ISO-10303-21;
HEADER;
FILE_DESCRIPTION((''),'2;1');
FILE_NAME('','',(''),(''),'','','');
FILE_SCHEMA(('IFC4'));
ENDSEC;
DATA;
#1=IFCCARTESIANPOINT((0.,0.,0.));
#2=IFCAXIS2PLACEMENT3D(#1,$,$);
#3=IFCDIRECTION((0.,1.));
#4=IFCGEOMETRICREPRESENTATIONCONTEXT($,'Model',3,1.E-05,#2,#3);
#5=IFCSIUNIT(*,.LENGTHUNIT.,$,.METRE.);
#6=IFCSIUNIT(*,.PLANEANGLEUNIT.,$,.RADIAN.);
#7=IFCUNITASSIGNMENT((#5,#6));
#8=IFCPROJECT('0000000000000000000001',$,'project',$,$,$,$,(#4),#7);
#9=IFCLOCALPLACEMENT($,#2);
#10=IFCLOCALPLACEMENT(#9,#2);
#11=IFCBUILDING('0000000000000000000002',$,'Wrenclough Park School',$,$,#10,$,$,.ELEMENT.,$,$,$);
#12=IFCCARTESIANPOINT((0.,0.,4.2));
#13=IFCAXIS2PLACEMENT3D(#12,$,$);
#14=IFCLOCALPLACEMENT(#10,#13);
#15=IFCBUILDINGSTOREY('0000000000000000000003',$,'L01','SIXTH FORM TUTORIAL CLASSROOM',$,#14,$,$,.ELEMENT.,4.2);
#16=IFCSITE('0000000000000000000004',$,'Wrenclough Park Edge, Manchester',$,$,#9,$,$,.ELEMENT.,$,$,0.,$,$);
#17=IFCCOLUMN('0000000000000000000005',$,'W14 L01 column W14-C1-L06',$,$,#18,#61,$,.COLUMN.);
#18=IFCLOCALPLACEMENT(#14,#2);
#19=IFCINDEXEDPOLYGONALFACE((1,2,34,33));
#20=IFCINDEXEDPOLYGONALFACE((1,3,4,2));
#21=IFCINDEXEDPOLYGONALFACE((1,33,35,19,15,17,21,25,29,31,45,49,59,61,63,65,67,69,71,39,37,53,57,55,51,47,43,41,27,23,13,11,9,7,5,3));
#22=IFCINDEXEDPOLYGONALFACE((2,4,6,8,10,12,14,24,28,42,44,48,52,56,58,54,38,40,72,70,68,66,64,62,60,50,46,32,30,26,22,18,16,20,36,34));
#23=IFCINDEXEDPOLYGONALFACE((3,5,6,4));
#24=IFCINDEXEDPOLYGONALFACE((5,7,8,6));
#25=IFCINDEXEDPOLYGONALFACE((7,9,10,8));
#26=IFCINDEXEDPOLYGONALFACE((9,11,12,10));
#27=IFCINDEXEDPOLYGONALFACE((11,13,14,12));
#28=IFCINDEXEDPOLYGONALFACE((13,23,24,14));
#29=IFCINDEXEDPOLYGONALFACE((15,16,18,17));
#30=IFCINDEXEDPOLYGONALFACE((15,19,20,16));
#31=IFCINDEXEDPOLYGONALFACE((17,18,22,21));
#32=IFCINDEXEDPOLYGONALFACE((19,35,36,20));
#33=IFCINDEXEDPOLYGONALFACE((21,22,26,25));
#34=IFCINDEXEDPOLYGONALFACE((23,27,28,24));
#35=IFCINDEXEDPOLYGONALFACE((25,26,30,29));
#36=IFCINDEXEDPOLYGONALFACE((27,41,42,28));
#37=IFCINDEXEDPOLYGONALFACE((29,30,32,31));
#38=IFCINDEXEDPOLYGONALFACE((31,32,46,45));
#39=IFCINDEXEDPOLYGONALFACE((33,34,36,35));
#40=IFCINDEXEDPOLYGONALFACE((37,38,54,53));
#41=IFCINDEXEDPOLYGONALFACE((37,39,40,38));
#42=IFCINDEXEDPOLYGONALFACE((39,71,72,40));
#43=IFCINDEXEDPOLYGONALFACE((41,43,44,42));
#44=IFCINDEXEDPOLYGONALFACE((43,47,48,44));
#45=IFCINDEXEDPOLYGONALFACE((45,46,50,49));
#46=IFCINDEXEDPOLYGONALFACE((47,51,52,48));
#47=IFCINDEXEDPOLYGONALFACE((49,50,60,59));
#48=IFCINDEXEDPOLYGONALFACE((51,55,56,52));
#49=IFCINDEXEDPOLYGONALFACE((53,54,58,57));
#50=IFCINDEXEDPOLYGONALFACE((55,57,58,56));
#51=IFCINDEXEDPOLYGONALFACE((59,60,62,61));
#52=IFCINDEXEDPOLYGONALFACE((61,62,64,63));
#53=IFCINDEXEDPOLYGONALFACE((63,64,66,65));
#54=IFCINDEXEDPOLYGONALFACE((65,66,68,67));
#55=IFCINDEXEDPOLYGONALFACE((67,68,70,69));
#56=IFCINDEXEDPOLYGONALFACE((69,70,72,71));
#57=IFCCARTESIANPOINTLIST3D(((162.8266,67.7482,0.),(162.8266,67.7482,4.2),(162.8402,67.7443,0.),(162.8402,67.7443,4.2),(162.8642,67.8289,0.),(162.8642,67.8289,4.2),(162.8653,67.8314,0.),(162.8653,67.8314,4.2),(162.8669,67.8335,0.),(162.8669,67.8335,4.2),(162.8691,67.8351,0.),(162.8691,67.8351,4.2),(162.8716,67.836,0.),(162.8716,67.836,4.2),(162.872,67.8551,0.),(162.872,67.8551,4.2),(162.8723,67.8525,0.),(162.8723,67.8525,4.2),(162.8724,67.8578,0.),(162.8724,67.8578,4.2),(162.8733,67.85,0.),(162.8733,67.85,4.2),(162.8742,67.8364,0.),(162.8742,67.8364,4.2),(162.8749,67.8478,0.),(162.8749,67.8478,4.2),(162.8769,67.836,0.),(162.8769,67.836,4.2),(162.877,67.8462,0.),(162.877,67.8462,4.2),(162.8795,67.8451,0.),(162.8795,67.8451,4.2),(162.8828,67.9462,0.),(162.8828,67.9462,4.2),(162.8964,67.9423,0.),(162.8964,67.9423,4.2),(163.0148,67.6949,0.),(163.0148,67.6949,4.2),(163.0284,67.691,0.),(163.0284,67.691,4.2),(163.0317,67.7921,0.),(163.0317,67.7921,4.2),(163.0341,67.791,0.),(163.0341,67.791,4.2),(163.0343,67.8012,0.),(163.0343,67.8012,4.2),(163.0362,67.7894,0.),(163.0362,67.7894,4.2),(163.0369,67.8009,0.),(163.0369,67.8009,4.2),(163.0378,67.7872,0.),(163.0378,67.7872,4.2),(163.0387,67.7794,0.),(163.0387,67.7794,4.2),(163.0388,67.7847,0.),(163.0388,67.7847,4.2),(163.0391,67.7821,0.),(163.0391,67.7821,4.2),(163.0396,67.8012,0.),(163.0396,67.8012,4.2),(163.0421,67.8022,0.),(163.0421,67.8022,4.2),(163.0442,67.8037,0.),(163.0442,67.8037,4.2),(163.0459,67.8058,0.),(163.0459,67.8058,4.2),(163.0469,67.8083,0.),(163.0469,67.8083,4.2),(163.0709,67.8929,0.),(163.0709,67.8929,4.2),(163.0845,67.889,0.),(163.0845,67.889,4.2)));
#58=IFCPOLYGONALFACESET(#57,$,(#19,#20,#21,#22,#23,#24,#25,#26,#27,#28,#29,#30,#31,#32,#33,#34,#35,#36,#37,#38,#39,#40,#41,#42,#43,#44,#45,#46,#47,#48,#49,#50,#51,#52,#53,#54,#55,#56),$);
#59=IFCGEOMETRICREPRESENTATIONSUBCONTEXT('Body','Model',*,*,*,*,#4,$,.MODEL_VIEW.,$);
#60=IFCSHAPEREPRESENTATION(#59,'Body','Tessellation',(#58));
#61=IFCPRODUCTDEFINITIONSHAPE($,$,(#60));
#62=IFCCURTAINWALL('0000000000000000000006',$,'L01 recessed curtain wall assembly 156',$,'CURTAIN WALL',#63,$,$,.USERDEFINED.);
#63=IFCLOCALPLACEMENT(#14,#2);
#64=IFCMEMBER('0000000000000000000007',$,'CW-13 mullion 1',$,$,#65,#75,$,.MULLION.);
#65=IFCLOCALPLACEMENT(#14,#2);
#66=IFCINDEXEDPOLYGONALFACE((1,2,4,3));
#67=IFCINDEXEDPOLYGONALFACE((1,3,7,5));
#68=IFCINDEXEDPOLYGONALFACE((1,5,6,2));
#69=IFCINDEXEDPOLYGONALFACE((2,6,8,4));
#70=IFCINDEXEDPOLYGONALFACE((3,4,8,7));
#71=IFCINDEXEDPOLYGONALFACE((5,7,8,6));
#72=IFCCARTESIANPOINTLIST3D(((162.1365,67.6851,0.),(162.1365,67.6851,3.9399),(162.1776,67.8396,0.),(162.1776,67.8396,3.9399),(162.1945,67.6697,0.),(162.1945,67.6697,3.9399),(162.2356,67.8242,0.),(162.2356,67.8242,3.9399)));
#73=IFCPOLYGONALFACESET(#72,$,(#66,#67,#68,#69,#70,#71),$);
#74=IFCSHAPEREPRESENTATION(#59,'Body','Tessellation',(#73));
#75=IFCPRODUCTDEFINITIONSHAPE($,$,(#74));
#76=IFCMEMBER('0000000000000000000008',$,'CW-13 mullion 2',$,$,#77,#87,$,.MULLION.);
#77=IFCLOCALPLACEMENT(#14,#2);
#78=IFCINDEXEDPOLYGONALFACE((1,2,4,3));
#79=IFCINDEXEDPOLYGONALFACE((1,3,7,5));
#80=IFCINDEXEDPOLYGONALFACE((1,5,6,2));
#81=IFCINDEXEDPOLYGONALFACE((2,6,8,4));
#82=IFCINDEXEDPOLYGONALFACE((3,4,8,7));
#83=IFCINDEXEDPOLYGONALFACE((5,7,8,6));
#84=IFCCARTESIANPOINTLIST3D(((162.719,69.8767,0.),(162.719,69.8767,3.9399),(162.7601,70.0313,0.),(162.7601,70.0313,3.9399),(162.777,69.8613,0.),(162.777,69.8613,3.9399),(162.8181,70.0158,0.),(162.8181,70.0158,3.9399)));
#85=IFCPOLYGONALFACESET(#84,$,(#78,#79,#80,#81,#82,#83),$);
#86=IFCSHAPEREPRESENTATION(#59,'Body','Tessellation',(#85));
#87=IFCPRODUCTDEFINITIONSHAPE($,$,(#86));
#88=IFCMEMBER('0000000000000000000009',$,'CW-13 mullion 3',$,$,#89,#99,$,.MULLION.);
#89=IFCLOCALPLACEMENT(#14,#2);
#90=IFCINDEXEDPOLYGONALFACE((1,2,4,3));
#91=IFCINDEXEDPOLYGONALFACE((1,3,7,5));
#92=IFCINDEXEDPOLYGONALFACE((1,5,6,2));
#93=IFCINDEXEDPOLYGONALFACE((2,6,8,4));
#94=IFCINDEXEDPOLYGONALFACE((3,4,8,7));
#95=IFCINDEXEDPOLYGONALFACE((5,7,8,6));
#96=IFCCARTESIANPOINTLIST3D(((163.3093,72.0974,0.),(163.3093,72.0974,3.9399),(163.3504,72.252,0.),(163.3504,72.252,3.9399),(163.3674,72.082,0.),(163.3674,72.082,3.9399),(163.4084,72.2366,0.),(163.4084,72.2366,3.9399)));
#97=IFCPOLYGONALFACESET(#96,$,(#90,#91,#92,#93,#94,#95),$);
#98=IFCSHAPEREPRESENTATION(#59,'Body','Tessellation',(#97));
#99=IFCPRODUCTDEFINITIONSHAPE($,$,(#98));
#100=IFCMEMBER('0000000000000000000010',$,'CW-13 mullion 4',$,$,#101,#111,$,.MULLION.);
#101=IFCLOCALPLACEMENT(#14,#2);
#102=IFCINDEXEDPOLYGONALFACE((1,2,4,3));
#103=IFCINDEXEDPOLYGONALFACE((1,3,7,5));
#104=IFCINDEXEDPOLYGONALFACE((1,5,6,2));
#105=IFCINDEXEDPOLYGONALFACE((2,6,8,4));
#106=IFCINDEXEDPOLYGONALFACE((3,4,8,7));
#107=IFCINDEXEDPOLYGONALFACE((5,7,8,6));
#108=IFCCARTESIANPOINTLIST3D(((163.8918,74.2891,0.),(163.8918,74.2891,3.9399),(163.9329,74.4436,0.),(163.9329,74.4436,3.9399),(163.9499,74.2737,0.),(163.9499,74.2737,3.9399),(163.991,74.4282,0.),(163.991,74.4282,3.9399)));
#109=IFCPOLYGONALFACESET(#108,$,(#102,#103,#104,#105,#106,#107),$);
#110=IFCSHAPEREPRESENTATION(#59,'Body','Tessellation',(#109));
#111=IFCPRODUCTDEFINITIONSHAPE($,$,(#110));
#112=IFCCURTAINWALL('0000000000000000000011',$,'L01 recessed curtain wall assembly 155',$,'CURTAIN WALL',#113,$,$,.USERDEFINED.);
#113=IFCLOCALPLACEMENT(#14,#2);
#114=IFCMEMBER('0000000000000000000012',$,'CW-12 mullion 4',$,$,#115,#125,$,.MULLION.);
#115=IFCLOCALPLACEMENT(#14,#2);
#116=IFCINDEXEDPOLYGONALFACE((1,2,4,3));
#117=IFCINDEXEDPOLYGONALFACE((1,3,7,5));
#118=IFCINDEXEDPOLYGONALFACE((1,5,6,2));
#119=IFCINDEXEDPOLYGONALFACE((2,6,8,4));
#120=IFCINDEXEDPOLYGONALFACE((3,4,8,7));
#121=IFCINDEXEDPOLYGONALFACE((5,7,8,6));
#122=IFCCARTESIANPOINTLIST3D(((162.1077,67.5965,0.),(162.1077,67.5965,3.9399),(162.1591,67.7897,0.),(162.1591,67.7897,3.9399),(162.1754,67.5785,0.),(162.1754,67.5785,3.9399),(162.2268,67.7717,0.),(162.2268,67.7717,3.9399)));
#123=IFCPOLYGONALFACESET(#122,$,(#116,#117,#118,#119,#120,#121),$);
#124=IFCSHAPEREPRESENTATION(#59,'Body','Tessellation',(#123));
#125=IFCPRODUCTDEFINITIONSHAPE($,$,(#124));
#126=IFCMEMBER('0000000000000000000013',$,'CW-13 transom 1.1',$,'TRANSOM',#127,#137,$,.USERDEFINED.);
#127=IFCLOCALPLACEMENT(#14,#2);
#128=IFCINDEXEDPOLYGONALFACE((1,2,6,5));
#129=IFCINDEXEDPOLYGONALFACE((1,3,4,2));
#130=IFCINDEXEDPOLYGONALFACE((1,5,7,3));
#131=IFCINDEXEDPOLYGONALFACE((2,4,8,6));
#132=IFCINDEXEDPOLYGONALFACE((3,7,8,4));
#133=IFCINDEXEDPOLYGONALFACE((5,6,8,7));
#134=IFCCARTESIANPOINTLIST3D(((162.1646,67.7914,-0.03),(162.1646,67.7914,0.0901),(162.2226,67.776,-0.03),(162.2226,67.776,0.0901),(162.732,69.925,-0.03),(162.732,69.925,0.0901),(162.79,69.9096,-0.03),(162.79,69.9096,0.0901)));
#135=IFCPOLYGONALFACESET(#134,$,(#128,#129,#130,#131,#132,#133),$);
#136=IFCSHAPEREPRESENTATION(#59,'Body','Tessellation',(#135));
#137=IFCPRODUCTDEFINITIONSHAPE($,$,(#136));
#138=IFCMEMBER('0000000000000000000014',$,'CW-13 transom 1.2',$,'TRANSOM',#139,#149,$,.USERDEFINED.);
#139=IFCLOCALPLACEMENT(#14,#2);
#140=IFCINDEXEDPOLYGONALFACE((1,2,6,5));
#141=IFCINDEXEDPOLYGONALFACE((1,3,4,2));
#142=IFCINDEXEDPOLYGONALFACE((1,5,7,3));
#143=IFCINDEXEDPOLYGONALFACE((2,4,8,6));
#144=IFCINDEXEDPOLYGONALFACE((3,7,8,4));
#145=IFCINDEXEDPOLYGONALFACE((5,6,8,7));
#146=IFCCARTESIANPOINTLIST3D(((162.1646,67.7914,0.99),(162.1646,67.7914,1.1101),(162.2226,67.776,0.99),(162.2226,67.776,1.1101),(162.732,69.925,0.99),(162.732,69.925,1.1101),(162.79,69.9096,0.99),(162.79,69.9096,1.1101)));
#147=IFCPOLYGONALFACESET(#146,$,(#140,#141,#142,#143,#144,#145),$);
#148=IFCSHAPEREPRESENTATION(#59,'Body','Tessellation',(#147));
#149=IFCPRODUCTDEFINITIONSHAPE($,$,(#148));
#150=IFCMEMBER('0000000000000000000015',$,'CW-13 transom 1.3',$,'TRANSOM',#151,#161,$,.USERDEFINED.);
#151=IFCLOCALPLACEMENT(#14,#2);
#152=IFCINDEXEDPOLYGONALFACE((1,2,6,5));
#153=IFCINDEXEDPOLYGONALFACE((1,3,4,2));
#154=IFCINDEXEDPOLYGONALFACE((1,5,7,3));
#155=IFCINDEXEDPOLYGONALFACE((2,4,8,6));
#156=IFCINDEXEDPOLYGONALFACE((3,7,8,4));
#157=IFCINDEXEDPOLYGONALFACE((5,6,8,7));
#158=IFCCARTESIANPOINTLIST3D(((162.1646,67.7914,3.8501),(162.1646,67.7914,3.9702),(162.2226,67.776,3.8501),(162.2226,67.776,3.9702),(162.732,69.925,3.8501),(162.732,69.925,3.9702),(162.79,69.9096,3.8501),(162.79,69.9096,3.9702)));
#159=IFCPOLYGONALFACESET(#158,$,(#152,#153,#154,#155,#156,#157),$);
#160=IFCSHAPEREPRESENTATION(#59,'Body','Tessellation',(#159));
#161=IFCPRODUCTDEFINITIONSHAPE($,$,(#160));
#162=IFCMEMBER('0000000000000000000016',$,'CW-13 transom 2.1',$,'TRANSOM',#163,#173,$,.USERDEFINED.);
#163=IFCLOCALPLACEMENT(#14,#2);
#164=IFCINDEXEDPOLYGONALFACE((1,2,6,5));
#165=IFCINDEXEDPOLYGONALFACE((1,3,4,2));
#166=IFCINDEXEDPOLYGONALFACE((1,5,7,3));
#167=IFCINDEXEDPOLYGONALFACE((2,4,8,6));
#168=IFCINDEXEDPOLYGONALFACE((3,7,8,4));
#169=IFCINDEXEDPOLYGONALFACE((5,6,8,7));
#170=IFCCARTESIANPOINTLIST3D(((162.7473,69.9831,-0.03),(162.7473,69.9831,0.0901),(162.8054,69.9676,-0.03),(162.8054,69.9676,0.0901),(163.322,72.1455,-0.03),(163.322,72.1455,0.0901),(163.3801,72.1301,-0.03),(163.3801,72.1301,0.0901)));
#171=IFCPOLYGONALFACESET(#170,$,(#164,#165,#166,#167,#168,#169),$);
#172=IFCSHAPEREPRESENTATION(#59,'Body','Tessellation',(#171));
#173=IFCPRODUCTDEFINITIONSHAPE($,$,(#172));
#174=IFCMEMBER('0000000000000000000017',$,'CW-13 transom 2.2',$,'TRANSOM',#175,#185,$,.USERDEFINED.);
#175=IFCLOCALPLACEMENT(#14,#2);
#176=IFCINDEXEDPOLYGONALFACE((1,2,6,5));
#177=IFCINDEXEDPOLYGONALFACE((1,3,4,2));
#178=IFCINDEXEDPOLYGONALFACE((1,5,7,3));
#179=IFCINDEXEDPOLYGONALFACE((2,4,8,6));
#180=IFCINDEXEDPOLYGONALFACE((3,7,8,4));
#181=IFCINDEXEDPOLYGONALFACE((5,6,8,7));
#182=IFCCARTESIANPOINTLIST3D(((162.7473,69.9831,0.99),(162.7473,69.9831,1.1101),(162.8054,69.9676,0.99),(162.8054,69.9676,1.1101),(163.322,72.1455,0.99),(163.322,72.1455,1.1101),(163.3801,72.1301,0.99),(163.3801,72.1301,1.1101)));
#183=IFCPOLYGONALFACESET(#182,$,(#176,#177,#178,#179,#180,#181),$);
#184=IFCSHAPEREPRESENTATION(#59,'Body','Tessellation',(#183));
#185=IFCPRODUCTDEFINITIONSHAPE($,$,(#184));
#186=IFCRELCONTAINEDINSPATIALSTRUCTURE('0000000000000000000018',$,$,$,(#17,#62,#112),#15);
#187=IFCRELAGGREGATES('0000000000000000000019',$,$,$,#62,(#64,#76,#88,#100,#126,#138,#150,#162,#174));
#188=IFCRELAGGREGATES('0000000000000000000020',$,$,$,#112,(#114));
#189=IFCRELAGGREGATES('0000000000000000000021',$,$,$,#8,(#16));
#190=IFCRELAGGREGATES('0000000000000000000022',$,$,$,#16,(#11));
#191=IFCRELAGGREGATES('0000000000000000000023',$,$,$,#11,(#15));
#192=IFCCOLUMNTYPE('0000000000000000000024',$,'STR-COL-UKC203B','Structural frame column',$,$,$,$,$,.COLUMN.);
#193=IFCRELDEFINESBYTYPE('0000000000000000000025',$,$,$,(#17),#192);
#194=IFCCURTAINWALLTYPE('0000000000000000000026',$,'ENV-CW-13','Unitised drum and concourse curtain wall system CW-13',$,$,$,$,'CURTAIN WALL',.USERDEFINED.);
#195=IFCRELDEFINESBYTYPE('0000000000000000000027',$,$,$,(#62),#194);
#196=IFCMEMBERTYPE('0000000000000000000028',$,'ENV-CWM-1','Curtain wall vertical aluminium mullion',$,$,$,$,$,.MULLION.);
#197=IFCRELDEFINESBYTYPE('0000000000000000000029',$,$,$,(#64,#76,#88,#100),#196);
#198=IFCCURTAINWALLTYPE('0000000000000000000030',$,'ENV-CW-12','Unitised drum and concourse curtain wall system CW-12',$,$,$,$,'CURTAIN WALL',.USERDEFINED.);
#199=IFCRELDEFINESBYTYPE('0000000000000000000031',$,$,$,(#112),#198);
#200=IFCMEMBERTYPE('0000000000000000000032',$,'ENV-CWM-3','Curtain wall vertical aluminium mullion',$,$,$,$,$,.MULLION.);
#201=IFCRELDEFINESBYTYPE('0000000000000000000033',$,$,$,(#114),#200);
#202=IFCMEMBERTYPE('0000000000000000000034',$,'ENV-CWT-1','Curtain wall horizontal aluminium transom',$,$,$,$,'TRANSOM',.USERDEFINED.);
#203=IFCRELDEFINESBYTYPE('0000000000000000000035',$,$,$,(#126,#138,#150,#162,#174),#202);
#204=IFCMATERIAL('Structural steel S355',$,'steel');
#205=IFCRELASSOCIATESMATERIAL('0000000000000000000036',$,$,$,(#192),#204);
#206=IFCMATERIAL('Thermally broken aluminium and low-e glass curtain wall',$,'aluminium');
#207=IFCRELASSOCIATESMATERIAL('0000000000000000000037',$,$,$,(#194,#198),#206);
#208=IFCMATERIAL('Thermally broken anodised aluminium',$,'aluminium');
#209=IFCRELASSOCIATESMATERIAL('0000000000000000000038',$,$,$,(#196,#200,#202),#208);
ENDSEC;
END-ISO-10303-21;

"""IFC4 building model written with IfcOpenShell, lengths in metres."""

from ifc_helpers import new_model, si_unit, direction, frame, origin, origin_2d, place, context, subcontext, project, spatial, rectangle, i_section, extrude, material, material_profile, profile_set, type_object, element, aggregate, save


model = new_model("IFC4")

# Units and contexts
model_context = context("Model", 3, precision=1e-05, world=origin(), true_north=direction((0.0, 1.0)))
body_context = subcontext(model_context, "Body", "Model", "MODEL_VIEW")
ifc_project = project(units=[si_unit("LENGTHUNIT", "METRE"), si_unit("PLANEANGLEUNIT", "RADIAN")], contexts=[model_context])

# Site, building, storey
site_placement = place(None, origin())
site = spatial("IfcSite", under=ifc_project, at=site_placement, Name="Wrenclough Park Edge, Manchester", CompositionType="ELEMENT", RefElevation=0.0)
building_placement = place(site_placement, origin())
building = spatial("IfcBuilding", under=site, at=building_placement, Name="Wrenclough Park School", CompositionType="ELEMENT")
storey_placement = place(building_placement, frame((0.0, 0.0, 4.2)))
storey = spatial("IfcBuildingStorey", under=building, at=storey_placement, Name="L01", Description="SIXTH FORM TUTORIAL CLASSROOM", CompositionType="ELEMENT", Elevation=4.2)

# Column
ifc_material_1 = material(Name="Structural steel S355", Category="steel")
ifc_material_profile_1 = material_profile(ifc_material_1, i_section(OverallWidth=0.2058, OverallDepth=0.2097, WebThickness=0.0095, FlangeThickness=0.0142, FilletRadius=0.0103, at=origin_2d()), Name="UKC 203x203x60")
ifc_profile_set_1 = profile_set([ifc_material_profile_1], Name="Structural steel S355")
column_type = type_object("IfcColumnType", Name="STR-COL-UKC203B", Description="Structural frame column", PredefinedType="COLUMN", material=ifc_profile_set_1)
column_placement = place(storey_placement, frame((162.9556, 67.8186, 0.0), z_axis=(0.0, 0.0, 1.0), x_axis=(0.272784, 0.962075, 0.0)))
element("IfcColumn", 1, at=column_placement, inside=storey, type_object=column_type, Name="W14 L01 column W14-C1-L06", PredefinedType="COLUMN", context=body_context, shape_type="SweptSolid", body=[
    extrude(i_section(OverallWidth=0.2058, OverallDepth=0.2097, WebThickness=0.0095, FlangeThickness=0.0142, FilletRadius=0.0103, at=origin_2d()), origin(), (0.0, 0.0, 1.0), 4.2),
])

# Curtain wall, members
ifc_material_2 = material(Name="Thermally broken aluminium and low-e glass curtain wall", Category="aluminium")
curtain_wall_type_1 = type_object("IfcCurtainWallType", Name="ENV-CW-13", Description="Unitised drum and concourse curtain wall system CW-13", ElementType="CURTAIN WALL", PredefinedType="USERDEFINED", material=ifc_material_2)
curtain_wall_1_placement = place(storey_placement, origin())
curtain_wall_1 = element("IfcCurtainWall", 2, at=curtain_wall_1_placement, inside=storey, type_object=curtain_wall_type_1, Name="L01 recessed curtain wall assembly 156", ObjectType="CURTAIN WALL", PredefinedType="USERDEFINED")
ifc_material_3 = material(Name="Thermally broken anodised aluminium", Category="aluminium")
ifc_material_profile_2 = material_profile(ifc_material_3, rectangle(XDim=0.0601, YDim=0.1599, at=origin_2d()), Name="AL MULLION 60x160")
ifc_profile_set_2 = profile_set([ifc_material_profile_2], Name="Thermally broken anodised aluminium")
member_type_1 = type_object("IfcMemberType", Name="ENV-CWM-1", Description="Curtain wall vertical aluminium mullion", PredefinedType="MULLION", material=ifc_profile_set_2)
member_1_placement = place(storey_placement, frame((162.186, 67.7546, 0.0), z_axis=(0.0, 0.0, 1.0), x_axis=(-0.966438, 0.2569, 0.0)))
member_1 = element("IfcMember", 3, at=member_1_placement, type_object=member_type_1, Name="CW-13 mullion 1", PredefinedType="MULLION", context=body_context, shape_type="SweptSolid", body=[
    extrude(rectangle(XDim=0.0601, YDim=0.1599, at=origin_2d()), origin(), (0.0, 0.0, 1.0), 3.9399),
])
member_2_placement = place(storey_placement, frame((162.7686, 69.9463, 0.0), z_axis=(0.0, 0.0, 1.0), x_axis=(-0.966438, 0.2569, 0.0)))
member_2 = element("IfcMember", 4, at=member_2_placement, type_object=member_type_1, Name="CW-13 mullion 2", PredefinedType="MULLION", context=body_context, shape_type="SweptSolid", body=[
    extrude(rectangle(XDim=0.0601, YDim=0.1599, at=origin_2d()), origin(), (0.0, 0.0, 1.0), 3.9399),
])
member_3_placement = place(storey_placement, frame((163.3589, 72.167, 0.0), z_axis=(0.0, 0.0, 1.0), x_axis=(-0.966438, 0.2569, 0.0)))
member_3 = element("IfcMember", 5, at=member_3_placement, type_object=member_type_1, Name="CW-13 mullion 3", PredefinedType="MULLION", context=body_context, shape_type="SweptSolid", body=[
    extrude(rectangle(XDim=0.0601, YDim=0.1599, at=origin_2d()), origin(), (0.0, 0.0, 1.0), 3.9399),
])
member_4_placement = place(storey_placement, frame((163.9414, 74.3586, 0.0), z_axis=(0.0, 0.0, 1.0), x_axis=(-0.966438, 0.2569, 0.0)))
member_4 = element("IfcMember", 6, at=member_4_placement, type_object=member_type_1, Name="CW-13 mullion 4", PredefinedType="MULLION", context=body_context, shape_type="SweptSolid", body=[
    extrude(rectangle(XDim=0.0601, YDim=0.1599, at=origin_2d()), origin(), (0.0, 0.0, 1.0), 3.9399),
])

# Curtain wall, member
curtain_wall_type_2 = type_object("IfcCurtainWallType", Name="ENV-CW-12", Description="Unitised drum and concourse curtain wall system CW-12", ElementType="CURTAIN WALL", PredefinedType="USERDEFINED", material=ifc_material_2)
curtain_wall_2_placement = place(storey_placement, origin())
curtain_wall_2 = element("IfcCurtainWall", 7, at=curtain_wall_2_placement, inside=storey, type_object=curtain_wall_type_2, Name="L01 recessed curtain wall assembly 155", ObjectType="CURTAIN WALL", PredefinedType="USERDEFINED")
ifc_material_profile_3 = material_profile(ifc_material_3, rectangle(XDim=0.0701, YDim=0.2, at=origin_2d()), Name="AL MULLION 70x200")
ifc_profile_set_3 = profile_set([ifc_material_profile_3], Name="Thermally broken anodised aluminium")
member_type_2 = type_object("IfcMemberType", Name="ENV-CWM-3", Description="Curtain wall vertical aluminium mullion", PredefinedType="MULLION", material=ifc_profile_set_3)
member_5_placement = place(storey_placement, frame((162.1672, 67.6841, 0.0), z_axis=(0.0, 0.0, 1.0), x_axis=(-0.966443, 0.256882, 0.0)))
member_5 = element("IfcMember", 8, at=member_5_placement, type_object=member_type_2, Name="CW-12 mullion 4", PredefinedType="MULLION", context=body_context, shape_type="SweptSolid", body=[
    extrude(rectangle(XDim=0.0701, YDim=0.2, at=origin_2d()), origin(), (0.0, 0.0, 1.0), 3.9399),
])

# Members
ifc_material_profile_4 = material_profile(ifc_material_3, rectangle(XDim=0.0601, YDim=0.1201, at=origin_2d()), Name="AL TRANSOM 60x120")
ifc_profile_set_4 = profile_set([ifc_material_profile_4], Name="Thermally broken anodised aluminium")
member_type_3 = type_object("IfcMemberType", Name="ENV-CWT-1", Description="Curtain wall horizontal aluminium transom", ElementType="TRANSOM", PredefinedType="USERDEFINED", material=ifc_profile_set_4)
member_6_placement = place(storey_placement, frame((162.1936, 67.7837, 0.03), z_axis=(0.257002, 0.966411, 0.0), x_axis=(-0.966411, 0.257002, 0.0)))
member_6 = element("IfcMember", 9, at=member_6_placement, type_object=member_type_3, Name="CW-13 transom 1.1", ObjectType="TRANSOM", PredefinedType="USERDEFINED", context=body_context, shape_type="SweptSolid", body=[
    extrude(rectangle(XDim=0.0601, YDim=0.1201, at=origin_2d()), origin(), (0.0, 0.0, 1.0), 2.2078),
])
member_7_placement = place(storey_placement, frame((162.1936, 67.7837, 1.05), z_axis=(0.257002, 0.966411, 0.0), x_axis=(-0.966411, 0.257002, 0.0)))
member_7 = element("IfcMember", 10, at=member_7_placement, type_object=member_type_3, Name="CW-13 transom 1.2", ObjectType="TRANSOM", PredefinedType="USERDEFINED", context=body_context, shape_type="SweptSolid", body=[
    extrude(rectangle(XDim=0.0601, YDim=0.1201, at=origin_2d()), origin(), (0.0, 0.0, 1.0), 2.2078),
])
member_8_placement = place(storey_placement, frame((162.1936, 67.7837, 3.9102), z_axis=(0.257002, 0.966411, 0.0), x_axis=(-0.966411, 0.257002, 0.0)))
member_8 = element("IfcMember", 11, at=member_8_placement, type_object=member_type_3, Name="CW-13 transom 1.3", ObjectType="TRANSOM", PredefinedType="USERDEFINED", context=body_context, shape_type="SweptSolid", body=[
    extrude(rectangle(XDim=0.0601, YDim=0.1201, at=origin_2d()), origin(), (0.0, 0.0, 1.0), 2.2078),
])
member_9_placement = place(storey_placement, frame((162.7764, 69.9753, 0.03), z_axis=(0.256834, 0.966456, 0.0), x_axis=(-0.966456, 0.256834, 0.0)))
member_9 = element("IfcMember", 12, at=member_9_placement, type_object=member_type_3, Name="CW-13 transom 2.1", ObjectType="TRANSOM", PredefinedType="USERDEFINED", context=body_context, shape_type="SweptSolid", body=[
    extrude(rectangle(XDim=0.0601, YDim=0.1201, at=origin_2d()), origin(), (0.0, 0.0, 1.0), 2.2375),
])
member_10_placement = place(storey_placement, frame((162.7764, 69.9753, 1.05), z_axis=(0.256834, 0.966456, 0.0), x_axis=(-0.966456, 0.256834, 0.0)))
member_10 = element("IfcMember", 13, at=member_10_placement, type_object=member_type_3, Name="CW-13 transom 2.2", ObjectType="TRANSOM", PredefinedType="USERDEFINED", context=body_context, shape_type="SweptSolid", body=[
    extrude(rectangle(XDim=0.0601, YDim=0.1201, at=origin_2d()), origin(), (0.0, 0.0, 1.0), 2.2375),
])

aggregate(curtain_wall_1, [member_1, member_2, member_3, member_4, member_6, member_7, member_8, member_9, member_10])
aggregate(curtain_wall_2, [member_5])

save(model, "model.ifc")
